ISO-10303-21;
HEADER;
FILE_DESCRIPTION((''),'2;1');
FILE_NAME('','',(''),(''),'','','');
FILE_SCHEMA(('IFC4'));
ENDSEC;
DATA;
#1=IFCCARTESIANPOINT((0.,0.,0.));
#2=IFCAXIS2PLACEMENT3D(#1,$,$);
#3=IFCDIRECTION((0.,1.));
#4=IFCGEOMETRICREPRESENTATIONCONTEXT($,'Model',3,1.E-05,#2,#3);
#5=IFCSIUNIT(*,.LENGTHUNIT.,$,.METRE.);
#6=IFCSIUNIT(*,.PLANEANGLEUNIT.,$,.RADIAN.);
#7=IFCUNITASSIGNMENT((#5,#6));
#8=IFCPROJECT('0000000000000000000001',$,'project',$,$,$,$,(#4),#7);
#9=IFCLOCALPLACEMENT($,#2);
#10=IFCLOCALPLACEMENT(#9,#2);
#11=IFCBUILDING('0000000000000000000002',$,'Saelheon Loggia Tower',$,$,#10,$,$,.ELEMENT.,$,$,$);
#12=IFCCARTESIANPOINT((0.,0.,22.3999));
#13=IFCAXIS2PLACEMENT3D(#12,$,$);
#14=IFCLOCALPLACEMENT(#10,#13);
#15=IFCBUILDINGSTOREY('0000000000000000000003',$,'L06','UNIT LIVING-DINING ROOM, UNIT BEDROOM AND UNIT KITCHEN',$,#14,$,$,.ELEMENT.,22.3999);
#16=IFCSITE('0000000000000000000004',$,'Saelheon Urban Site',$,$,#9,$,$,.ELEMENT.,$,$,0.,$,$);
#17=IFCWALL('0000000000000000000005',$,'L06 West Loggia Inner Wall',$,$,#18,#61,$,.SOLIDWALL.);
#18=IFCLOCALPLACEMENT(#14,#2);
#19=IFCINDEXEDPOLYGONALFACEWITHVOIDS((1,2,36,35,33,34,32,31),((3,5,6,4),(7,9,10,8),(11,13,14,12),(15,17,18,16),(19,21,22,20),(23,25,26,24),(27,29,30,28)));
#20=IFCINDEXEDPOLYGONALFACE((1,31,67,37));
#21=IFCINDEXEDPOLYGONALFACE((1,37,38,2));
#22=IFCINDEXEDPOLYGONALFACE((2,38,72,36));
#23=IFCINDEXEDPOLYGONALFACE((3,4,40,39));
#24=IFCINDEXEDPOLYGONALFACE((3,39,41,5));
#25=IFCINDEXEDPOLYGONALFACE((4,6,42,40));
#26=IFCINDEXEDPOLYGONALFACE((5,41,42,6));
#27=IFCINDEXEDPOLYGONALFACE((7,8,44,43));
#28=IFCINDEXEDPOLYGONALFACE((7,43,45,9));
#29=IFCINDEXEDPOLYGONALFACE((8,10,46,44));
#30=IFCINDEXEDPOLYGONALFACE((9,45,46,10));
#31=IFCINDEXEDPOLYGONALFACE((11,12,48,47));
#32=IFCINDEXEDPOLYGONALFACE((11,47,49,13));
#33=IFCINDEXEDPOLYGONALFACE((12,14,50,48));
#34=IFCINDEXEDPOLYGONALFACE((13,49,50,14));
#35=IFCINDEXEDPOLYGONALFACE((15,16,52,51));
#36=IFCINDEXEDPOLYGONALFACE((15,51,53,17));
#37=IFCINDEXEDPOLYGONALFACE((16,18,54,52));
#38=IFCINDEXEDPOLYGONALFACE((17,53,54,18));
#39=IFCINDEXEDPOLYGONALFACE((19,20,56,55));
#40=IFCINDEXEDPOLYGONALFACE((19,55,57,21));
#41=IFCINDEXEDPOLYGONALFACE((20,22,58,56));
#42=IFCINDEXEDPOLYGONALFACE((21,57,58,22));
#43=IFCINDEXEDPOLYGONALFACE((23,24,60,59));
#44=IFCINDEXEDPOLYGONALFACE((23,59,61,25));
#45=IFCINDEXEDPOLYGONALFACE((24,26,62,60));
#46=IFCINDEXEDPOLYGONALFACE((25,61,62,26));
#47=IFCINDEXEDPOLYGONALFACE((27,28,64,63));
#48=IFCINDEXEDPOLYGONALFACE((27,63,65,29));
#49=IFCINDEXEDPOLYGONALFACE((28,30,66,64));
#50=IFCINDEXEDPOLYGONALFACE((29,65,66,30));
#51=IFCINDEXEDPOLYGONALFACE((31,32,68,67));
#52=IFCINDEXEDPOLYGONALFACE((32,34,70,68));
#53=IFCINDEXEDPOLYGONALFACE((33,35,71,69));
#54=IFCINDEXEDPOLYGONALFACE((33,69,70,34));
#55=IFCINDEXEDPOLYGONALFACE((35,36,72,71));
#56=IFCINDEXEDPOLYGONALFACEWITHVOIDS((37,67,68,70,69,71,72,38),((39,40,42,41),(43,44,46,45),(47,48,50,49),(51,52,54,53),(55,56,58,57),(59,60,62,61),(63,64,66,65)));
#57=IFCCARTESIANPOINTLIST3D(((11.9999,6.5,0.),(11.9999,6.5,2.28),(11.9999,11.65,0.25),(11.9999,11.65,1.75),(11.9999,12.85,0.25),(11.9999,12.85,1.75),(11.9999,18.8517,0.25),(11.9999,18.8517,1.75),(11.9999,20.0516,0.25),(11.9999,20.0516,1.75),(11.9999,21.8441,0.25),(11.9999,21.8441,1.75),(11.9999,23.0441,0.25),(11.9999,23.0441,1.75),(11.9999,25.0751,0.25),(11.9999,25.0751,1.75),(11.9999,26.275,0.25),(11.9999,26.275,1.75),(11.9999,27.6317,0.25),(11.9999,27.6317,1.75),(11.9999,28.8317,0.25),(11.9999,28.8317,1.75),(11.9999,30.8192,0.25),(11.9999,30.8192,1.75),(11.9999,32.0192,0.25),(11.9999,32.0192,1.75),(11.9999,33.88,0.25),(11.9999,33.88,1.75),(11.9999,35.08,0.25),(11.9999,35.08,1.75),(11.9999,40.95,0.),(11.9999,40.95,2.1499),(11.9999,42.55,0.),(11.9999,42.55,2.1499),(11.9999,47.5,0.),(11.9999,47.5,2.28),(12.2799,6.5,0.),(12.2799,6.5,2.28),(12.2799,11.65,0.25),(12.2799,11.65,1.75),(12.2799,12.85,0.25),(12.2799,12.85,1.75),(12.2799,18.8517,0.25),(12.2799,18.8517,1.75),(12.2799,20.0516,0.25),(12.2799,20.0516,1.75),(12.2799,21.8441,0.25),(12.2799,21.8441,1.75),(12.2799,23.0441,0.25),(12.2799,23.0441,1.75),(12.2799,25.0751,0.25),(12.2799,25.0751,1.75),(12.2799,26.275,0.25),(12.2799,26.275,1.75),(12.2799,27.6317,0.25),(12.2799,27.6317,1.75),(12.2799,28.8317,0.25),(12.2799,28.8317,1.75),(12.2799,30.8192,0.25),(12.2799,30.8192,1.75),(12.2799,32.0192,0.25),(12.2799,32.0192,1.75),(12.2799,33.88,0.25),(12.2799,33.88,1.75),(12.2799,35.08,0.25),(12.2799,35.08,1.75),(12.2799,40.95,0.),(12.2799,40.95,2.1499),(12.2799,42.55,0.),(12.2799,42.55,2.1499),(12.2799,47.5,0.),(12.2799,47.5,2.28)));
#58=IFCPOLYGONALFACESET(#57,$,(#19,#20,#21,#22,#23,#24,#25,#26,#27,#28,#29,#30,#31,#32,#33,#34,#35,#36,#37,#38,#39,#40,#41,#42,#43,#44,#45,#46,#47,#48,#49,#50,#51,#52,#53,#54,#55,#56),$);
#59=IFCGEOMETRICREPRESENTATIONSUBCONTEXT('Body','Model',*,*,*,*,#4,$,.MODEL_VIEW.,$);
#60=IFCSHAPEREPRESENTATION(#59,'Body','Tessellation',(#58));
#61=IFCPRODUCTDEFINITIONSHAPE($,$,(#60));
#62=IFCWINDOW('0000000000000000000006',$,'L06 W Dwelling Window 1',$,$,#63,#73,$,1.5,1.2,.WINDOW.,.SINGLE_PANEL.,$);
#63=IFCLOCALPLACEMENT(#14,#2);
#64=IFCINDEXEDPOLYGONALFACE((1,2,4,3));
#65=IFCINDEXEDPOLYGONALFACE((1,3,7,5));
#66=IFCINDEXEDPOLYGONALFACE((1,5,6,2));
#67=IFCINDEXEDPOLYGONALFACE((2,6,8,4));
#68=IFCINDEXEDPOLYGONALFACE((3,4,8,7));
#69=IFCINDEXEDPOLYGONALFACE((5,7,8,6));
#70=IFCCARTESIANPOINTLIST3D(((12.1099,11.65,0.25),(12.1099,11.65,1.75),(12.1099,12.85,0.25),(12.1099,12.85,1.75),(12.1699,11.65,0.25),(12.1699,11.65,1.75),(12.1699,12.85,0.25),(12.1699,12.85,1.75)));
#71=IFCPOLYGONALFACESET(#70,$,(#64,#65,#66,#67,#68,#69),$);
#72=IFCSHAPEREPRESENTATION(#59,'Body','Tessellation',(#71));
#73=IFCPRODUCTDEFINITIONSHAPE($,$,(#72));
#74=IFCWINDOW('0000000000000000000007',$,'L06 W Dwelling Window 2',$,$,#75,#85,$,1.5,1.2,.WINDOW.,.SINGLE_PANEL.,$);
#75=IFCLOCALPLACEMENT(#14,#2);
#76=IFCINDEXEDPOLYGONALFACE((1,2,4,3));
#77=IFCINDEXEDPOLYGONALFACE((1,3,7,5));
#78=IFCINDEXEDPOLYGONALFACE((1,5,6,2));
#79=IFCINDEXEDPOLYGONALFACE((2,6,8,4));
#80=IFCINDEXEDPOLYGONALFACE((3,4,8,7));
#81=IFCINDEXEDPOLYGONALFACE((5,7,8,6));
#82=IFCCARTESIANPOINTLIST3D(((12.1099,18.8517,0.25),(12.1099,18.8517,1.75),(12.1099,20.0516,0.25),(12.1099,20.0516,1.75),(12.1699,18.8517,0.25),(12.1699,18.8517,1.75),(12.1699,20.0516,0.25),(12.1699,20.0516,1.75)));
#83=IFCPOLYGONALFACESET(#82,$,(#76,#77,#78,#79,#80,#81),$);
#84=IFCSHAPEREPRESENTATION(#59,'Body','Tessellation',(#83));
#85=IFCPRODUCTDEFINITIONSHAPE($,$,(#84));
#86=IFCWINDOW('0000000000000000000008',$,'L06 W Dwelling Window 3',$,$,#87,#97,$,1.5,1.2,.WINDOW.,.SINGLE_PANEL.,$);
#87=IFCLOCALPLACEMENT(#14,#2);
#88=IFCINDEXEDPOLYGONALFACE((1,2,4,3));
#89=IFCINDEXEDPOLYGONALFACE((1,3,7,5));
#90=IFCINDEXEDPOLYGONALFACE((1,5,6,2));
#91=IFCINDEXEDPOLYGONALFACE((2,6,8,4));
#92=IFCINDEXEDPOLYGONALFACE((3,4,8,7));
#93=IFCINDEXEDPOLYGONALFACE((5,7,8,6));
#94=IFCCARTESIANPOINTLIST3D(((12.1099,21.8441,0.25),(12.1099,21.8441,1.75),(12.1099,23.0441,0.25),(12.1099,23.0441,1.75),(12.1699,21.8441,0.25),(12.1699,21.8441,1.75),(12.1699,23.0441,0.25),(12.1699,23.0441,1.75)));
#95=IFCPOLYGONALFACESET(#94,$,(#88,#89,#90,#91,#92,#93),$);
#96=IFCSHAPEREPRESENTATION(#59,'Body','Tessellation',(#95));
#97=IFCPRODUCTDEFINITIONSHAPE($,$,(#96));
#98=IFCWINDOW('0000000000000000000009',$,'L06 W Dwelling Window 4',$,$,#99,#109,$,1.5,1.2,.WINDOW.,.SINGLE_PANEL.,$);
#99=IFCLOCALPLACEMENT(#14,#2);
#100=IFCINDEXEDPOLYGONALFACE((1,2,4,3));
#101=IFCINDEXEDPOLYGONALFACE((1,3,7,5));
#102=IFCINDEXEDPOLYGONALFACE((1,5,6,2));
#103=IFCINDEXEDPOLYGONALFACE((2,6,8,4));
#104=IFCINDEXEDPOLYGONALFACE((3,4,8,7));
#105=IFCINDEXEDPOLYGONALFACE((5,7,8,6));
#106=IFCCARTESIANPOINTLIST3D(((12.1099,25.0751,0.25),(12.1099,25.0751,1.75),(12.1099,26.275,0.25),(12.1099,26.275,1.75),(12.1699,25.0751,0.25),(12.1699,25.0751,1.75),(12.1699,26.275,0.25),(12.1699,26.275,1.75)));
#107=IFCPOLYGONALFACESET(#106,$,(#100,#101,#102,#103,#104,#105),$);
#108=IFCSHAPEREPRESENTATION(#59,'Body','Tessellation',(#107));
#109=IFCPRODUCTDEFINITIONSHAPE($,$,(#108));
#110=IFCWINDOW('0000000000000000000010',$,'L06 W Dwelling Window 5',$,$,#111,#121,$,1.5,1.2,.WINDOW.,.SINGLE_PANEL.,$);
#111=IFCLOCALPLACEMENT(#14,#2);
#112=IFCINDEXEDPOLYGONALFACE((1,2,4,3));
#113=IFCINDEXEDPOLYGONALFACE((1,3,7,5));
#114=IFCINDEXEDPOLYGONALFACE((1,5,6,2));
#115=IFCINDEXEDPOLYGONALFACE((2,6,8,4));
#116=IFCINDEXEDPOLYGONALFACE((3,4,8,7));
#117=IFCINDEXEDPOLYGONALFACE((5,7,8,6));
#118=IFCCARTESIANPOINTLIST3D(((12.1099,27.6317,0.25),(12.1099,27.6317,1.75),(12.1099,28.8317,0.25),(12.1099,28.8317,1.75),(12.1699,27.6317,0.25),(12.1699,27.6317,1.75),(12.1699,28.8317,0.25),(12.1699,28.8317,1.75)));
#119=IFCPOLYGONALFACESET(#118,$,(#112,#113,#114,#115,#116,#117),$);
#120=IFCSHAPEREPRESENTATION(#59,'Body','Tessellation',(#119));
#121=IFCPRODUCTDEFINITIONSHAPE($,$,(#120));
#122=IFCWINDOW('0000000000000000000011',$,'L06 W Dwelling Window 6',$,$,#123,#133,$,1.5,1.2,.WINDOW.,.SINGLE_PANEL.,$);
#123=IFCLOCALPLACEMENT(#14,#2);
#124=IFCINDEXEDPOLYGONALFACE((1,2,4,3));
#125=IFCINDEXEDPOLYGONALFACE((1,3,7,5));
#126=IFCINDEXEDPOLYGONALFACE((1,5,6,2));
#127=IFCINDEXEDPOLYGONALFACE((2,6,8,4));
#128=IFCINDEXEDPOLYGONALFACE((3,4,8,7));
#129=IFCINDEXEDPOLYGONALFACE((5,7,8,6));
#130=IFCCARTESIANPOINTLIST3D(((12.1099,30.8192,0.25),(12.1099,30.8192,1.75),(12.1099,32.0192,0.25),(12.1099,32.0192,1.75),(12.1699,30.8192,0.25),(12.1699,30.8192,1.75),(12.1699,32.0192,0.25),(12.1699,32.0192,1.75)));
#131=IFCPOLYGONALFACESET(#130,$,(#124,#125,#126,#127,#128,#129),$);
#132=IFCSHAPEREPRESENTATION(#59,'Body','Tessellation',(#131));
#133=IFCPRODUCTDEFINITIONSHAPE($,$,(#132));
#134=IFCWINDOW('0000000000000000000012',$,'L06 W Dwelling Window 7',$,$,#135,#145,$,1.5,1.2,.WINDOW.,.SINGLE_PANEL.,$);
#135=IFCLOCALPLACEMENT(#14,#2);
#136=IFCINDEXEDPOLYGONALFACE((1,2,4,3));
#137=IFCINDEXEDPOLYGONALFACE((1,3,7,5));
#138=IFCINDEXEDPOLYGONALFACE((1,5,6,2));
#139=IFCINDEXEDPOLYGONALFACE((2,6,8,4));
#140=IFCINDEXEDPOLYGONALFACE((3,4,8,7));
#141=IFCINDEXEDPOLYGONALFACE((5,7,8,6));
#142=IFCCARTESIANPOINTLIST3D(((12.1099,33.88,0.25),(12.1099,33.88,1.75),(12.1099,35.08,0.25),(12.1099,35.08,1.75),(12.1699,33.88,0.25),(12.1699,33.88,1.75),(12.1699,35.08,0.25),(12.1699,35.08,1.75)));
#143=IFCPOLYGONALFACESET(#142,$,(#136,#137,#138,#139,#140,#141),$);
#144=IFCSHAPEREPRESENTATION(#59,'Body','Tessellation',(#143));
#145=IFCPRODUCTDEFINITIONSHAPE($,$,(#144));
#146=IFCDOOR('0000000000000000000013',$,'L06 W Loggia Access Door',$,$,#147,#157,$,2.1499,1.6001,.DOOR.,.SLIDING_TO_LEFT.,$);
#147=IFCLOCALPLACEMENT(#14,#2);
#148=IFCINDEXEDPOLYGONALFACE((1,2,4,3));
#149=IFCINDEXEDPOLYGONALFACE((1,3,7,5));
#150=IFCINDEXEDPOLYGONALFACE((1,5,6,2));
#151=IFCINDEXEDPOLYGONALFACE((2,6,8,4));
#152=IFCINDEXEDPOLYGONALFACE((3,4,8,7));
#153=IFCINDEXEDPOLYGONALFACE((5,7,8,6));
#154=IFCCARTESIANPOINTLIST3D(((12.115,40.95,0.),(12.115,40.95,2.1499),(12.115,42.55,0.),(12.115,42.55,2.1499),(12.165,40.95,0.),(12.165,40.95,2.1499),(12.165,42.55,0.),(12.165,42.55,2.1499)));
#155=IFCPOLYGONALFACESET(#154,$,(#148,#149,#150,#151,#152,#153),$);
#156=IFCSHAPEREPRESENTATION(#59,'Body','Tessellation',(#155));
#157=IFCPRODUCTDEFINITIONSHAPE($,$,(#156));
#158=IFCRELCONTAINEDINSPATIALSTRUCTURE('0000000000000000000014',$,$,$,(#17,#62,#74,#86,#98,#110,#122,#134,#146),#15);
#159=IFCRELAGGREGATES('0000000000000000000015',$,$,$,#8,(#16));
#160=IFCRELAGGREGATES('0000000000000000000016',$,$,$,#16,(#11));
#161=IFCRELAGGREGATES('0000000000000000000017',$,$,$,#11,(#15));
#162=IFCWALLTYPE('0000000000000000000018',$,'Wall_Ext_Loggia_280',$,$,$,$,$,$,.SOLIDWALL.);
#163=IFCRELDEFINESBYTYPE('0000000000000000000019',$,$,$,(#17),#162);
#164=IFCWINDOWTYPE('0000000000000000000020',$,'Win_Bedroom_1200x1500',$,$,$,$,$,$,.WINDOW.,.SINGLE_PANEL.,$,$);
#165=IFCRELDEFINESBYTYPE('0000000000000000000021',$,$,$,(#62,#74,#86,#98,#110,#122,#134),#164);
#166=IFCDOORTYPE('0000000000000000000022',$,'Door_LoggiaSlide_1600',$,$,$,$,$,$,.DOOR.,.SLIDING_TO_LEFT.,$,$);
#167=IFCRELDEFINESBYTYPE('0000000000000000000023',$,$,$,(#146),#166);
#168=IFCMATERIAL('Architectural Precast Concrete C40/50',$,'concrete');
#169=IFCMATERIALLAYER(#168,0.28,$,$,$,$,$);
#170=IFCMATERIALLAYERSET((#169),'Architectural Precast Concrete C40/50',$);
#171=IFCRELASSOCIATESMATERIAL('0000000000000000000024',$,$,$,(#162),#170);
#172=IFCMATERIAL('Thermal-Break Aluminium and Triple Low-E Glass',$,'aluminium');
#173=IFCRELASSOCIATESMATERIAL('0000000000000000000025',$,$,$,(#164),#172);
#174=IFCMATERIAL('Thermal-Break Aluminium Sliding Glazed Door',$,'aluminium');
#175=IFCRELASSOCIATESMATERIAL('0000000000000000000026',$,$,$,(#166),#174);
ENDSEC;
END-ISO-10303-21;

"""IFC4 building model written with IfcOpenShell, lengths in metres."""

from ifc_helpers import new_model, si_unit, direction, frame, frame_2d, origin, place, context, subcontext, project, spatial, rectangle, extrude, source, transform, mapped, material, layer, layer_set, type_object, element, fill, save


model = new_model("IFC4")

# Units and contexts
model_context = context("Model", 3, precision=1e-05, world=origin(), true_north=direction((0.0, 1.0)))
body_context = subcontext(model_context, "Body", "Model", "MODEL_VIEW")
ifc_project = project(units=[si_unit("LENGTHUNIT", "METRE"), si_unit("PLANEANGLEUNIT", "RADIAN")], contexts=[model_context])

# Site, building, storey
site_placement = place(None, origin())
site = spatial("IfcSite", under=ifc_project, at=site_placement, Name="Saelheon Urban Site", CompositionType="ELEMENT", RefElevation=0.0)
building_placement = place(site_placement, origin())
building = spatial("IfcBuilding", under=site, at=building_placement, Name="Saelheon Loggia Tower", CompositionType="ELEMENT")
storey_placement = place(building_placement, frame((0.0, 0.0, 22.3999)))
storey = spatial("IfcBuildingStorey", under=building, at=storey_placement, Name="L06", Description="UNIT LIVING-DINING ROOM, UNIT BEDROOM AND UNIT KITCHEN", CompositionType="ELEMENT", Elevation=22.3999)

# Wall, openings, windows, door
ifc_material_1 = material(Name="Architectural Precast Concrete C40/50", Category="concrete")
ifc_layer = layer(ifc_material_1, 0.28)
ifc_layer_set = layer_set([ifc_layer], Name="Architectural Precast Concrete C40/50")
wall_type = type_object("IfcWallType", Name="Wall_Ext_Loggia_280", PredefinedType="SOLIDWALL", material=ifc_layer_set)
wall_placement = place(storey_placement, frame((12.1399, 6.5, 0.0), z_axis=(0.0, 0.0, 1.0), x_axis=(0.0, 1.0, 0.0)))
wall = element("IfcWall", 1, at=wall_placement, inside=storey, type_object=wall_type, Name="L06 West Loggia Inner Wall", PredefinedType="SOLIDWALL", context=body_context, shape_type="SweptSolid", body=[
    extrude(rectangle(XDim=41.0, YDim=0.28, at=frame_2d((20.5, 0.0))), origin(), (0.0, 0.0, 1.0), 2.28),
])
opening_1_placement = place(wall_placement, frame((5.1499, 0.0, 0.25)))
opening_1 = element("IfcOpeningElement", 2, at=opening_1_placement, cuts=wall, PredefinedType="OPENING", context=body_context, shape_type="SweptSolid", body=[
    extrude(rectangle(XDim=1.2, YDim=1.5, at=frame_2d((0.6001, 0.75))), frame((0.0, 0.1521, 0.0), z_axis=(0.0, -1.0, 0.0), x_axis=(1.0, 0.0, 0.0)), (0.0, 0.0, 1.0), 0.304),
])
opening_2_placement = place(wall_placement, frame((12.3516, 0.0, 0.25)))
opening_2 = element("IfcOpeningElement", 3, at=opening_2_placement, cuts=wall, PredefinedType="OPENING", context=body_context, shape_type="SweptSolid", body=[
    extrude(rectangle(XDim=1.2, YDim=1.5, at=frame_2d((0.6001, 0.75))), frame((0.0, 0.1521, 0.0), z_axis=(0.0, -1.0, 0.0), x_axis=(1.0, 0.0, 0.0)), (0.0, 0.0, 1.0), 0.304),
])
opening_3_placement = place(wall_placement, frame((15.344, 0.0, 0.25)))
opening_3 = element("IfcOpeningElement", 4, at=opening_3_placement, cuts=wall, PredefinedType="OPENING", context=body_context, shape_type="SweptSolid", body=[
    extrude(rectangle(XDim=1.2, YDim=1.5, at=frame_2d((0.6001, 0.75))), frame((0.0, 0.1521, 0.0), z_axis=(0.0, -1.0, 0.0), x_axis=(1.0, 0.0, 0.0)), (0.0, 0.0, 1.0), 0.304),
])
opening_4_placement = place(wall_placement, frame((18.575, 0.0, 0.25)))
opening_4 = element("IfcOpeningElement", 5, at=opening_4_placement, cuts=wall, PredefinedType="OPENING", context=body_context, shape_type="SweptSolid", body=[
    extrude(rectangle(XDim=1.2, YDim=1.5, at=frame_2d((0.6001, 0.75))), frame((0.0, 0.1521, 0.0), z_axis=(0.0, -1.0, 0.0), x_axis=(1.0, 0.0, 0.0)), (0.0, 0.0, 1.0), 0.304),
])
opening_5_placement = place(wall_placement, frame((21.1316, 0.0, 0.25)))
opening_5 = element("IfcOpeningElement", 6, at=opening_5_placement, cuts=wall, PredefinedType="OPENING", context=body_context, shape_type="SweptSolid", body=[
    extrude(rectangle(XDim=1.2, YDim=1.5, at=frame_2d((0.6001, 0.75))), frame((0.0, 0.1521, 0.0), z_axis=(0.0, -1.0, 0.0), x_axis=(1.0, 0.0, 0.0)), (0.0, 0.0, 1.0), 0.304),
])
opening_6_placement = place(wall_placement, frame((24.3191, 0.0, 0.25)))
opening_6 = element("IfcOpeningElement", 7, at=opening_6_placement, cuts=wall, PredefinedType="OPENING", context=body_context, shape_type="SweptSolid", body=[
    extrude(rectangle(XDim=1.2, YDim=1.5, at=frame_2d((0.6001, 0.75))), frame((0.0, 0.1521, 0.0), z_axis=(0.0, -1.0, 0.0), x_axis=(1.0, 0.0, 0.0)), (0.0, 0.0, 1.0), 0.304),
])
opening_7_placement = place(wall_placement, frame((27.3799, 0.0, 0.25)))
opening_7 = element("IfcOpeningElement", 8, at=opening_7_placement, cuts=wall, PredefinedType="OPENING", context=body_context, shape_type="SweptSolid", body=[
    extrude(rectangle(XDim=1.2, YDim=1.5, at=frame_2d((0.6001, 0.75))), frame((0.0, 0.1521, 0.0), z_axis=(0.0, -1.0, 0.0), x_axis=(1.0, 0.0, 0.0)), (0.0, 0.0, 1.0), 0.304),
])
opening_8_placement = place(wall_placement, frame((34.45, 0.0, 0.0)))
opening_8 = element("IfcOpeningElement", 9, at=opening_8_placement, cuts=wall, PredefinedType="OPENING", context=body_context, shape_type="SweptSolid", body=[
    extrude(rectangle(XDim=1.6001, YDim=2.1499, at=frame_2d((0.8, 1.075))), frame((0.0, 0.1521, 0.0), z_axis=(0.0, -1.0, 0.0), x_axis=(1.0, 0.0, 0.0)), (0.0, 0.0, 1.0), 0.304),
])
ifc_material_2 = material(Name="Thermal-Break Aluminium and Triple Low-E Glass", Category="aluminium")
window_type = type_object("IfcWindowType", Name="Win_Bedroom_1200x1500", PartitioningType="SINGLE_PANEL", PredefinedType="WINDOW", material=ifc_material_2)
shared_shape_1 = source(origin(), body_context, "Body", "SweptSolid", [
    extrude(rectangle(XDim=1.2, YDim=1.5, at=frame_2d((0.6001, 0.75))), frame((0.0, 0.03, 0.0), z_axis=(0.0, -1.0, 0.0), x_axis=(1.0, 0.0, 0.0)), (0.0, 0.0, 1.0), 0.0601),
])
window_1_placement = place(opening_1_placement, origin())
window_1 = element("IfcWindow", 10, at=window_1_placement, inside=storey, type_object=window_type, Name="L06 W Dwelling Window 1", OverallHeight=1.5, OverallWidth=1.2, PartitioningType="SINGLE_PANEL", PredefinedType="WINDOW", context=body_context, shape_type="MappedRepresentation", body=[
    mapped(shared_shape_1, transform((0.0, 0.0, 0.0), scale=1.0)),
])
fill(opening_1, window_1)
window_2_placement = place(opening_2_placement, origin())
window_2 = element("IfcWindow", 11, at=window_2_placement, inside=storey, type_object=window_type, Name="L06 W Dwelling Window 2", OverallHeight=1.5, OverallWidth=1.2, PartitioningType="SINGLE_PANEL", PredefinedType="WINDOW", context=body_context, shape_type="MappedRepresentation", body=[
    mapped(shared_shape_1, transform((0.0, 0.0, 0.0), scale=1.0)),
])
fill(opening_2, window_2)
window_3_placement = place(opening_3_placement, origin())
window_3 = element("IfcWindow", 12, at=window_3_placement, inside=storey, type_object=window_type, Name="L06 W Dwelling Window 3", OverallHeight=1.5, OverallWidth=1.2, PartitioningType="SINGLE_PANEL", PredefinedType="WINDOW", context=body_context, shape_type="MappedRepresentation", body=[
    mapped(shared_shape_1, transform((0.0, 0.0, 0.0), scale=1.0)),
])
fill(opening_3, window_3)
window_4_placement = place(opening_4_placement, origin())
window_4 = element("IfcWindow", 13, at=window_4_placement, inside=storey, type_object=window_type, Name="L06 W Dwelling Window 4", OverallHeight=1.5, OverallWidth=1.2, PartitioningType="SINGLE_PANEL", PredefinedType="WINDOW", context=body_context, shape_type="MappedRepresentation", body=[
    mapped(shared_shape_1, transform((0.0, 0.0, 0.0), scale=1.0)),
])
fill(opening_4, window_4)
window_5_placement = place(opening_5_placement, origin())
window_5 = element("IfcWindow", 14, at=window_5_placement, inside=storey, type_object=window_type, Name="L06 W Dwelling Window 5", OverallHeight=1.5, OverallWidth=1.2, PartitioningType="SINGLE_PANEL", PredefinedType="WINDOW", context=body_context, shape_type="MappedRepresentation", body=[
    mapped(shared_shape_1, transform((0.0, 0.0, 0.0), scale=1.0)),
])
fill(opening_5, window_5)
window_6_placement = place(opening_6_placement, origin())
window_6 = element("IfcWindow", 15, at=window_6_placement, inside=storey, type_object=window_type, Name="L06 W Dwelling Window 6", OverallHeight=1.5, OverallWidth=1.2, PartitioningType="SINGLE_PANEL", PredefinedType="WINDOW", context=body_context, shape_type="MappedRepresentation", body=[
    mapped(shared_shape_1, transform((0.0, 0.0, 0.0), scale=1.0)),
])
fill(opening_6, window_6)
window_7_placement = place(opening_7_placement, origin())
window_7 = element("IfcWindow", 16, at=window_7_placement, inside=storey, type_object=window_type, Name="L06 W Dwelling Window 7", OverallHeight=1.5, OverallWidth=1.2, PartitioningType="SINGLE_PANEL", PredefinedType="WINDOW", context=body_context, shape_type="MappedRepresentation", body=[
    mapped(shared_shape_1, transform((0.0, 0.0, 0.0), scale=1.0)),
])
fill(opening_7, window_7)
ifc_material_3 = material(Name="Thermal-Break Aluminium Sliding Glazed Door", Category="aluminium")
door_type = type_object("IfcDoorType", Name="Door_LoggiaSlide_1600", OperationType="SLIDING_TO_LEFT", PredefinedType="DOOR", material=ifc_material_3)
shared_shape_2 = source(origin(), body_context, "Body", "SweptSolid", [
    extrude(rectangle(XDim=1.6001, YDim=2.1499, at=frame_2d((0.8, 1.075))), frame((0.0, 0.0249, 0.0), z_axis=(0.0, -1.0, 0.0), x_axis=(1.0, 0.0, 0.0)), (0.0, 0.0, 1.0), 0.05),
])
door_placement = place(opening_8_placement, origin())
door = element("IfcDoor", 17, at=door_placement, inside=storey, type_object=door_type, Name="L06 W Loggia Access Door", OperationType="SLIDING_TO_LEFT", OverallHeight=2.1499, OverallWidth=1.6001, PredefinedType="DOOR", context=body_context, shape_type="MappedRepresentation", body=[
    mapped(shared_shape_2, transform((0.0, 0.0, 0.0), scale=1.0)),
])
fill(opening_8, door)

save(model, "model.ifc")
